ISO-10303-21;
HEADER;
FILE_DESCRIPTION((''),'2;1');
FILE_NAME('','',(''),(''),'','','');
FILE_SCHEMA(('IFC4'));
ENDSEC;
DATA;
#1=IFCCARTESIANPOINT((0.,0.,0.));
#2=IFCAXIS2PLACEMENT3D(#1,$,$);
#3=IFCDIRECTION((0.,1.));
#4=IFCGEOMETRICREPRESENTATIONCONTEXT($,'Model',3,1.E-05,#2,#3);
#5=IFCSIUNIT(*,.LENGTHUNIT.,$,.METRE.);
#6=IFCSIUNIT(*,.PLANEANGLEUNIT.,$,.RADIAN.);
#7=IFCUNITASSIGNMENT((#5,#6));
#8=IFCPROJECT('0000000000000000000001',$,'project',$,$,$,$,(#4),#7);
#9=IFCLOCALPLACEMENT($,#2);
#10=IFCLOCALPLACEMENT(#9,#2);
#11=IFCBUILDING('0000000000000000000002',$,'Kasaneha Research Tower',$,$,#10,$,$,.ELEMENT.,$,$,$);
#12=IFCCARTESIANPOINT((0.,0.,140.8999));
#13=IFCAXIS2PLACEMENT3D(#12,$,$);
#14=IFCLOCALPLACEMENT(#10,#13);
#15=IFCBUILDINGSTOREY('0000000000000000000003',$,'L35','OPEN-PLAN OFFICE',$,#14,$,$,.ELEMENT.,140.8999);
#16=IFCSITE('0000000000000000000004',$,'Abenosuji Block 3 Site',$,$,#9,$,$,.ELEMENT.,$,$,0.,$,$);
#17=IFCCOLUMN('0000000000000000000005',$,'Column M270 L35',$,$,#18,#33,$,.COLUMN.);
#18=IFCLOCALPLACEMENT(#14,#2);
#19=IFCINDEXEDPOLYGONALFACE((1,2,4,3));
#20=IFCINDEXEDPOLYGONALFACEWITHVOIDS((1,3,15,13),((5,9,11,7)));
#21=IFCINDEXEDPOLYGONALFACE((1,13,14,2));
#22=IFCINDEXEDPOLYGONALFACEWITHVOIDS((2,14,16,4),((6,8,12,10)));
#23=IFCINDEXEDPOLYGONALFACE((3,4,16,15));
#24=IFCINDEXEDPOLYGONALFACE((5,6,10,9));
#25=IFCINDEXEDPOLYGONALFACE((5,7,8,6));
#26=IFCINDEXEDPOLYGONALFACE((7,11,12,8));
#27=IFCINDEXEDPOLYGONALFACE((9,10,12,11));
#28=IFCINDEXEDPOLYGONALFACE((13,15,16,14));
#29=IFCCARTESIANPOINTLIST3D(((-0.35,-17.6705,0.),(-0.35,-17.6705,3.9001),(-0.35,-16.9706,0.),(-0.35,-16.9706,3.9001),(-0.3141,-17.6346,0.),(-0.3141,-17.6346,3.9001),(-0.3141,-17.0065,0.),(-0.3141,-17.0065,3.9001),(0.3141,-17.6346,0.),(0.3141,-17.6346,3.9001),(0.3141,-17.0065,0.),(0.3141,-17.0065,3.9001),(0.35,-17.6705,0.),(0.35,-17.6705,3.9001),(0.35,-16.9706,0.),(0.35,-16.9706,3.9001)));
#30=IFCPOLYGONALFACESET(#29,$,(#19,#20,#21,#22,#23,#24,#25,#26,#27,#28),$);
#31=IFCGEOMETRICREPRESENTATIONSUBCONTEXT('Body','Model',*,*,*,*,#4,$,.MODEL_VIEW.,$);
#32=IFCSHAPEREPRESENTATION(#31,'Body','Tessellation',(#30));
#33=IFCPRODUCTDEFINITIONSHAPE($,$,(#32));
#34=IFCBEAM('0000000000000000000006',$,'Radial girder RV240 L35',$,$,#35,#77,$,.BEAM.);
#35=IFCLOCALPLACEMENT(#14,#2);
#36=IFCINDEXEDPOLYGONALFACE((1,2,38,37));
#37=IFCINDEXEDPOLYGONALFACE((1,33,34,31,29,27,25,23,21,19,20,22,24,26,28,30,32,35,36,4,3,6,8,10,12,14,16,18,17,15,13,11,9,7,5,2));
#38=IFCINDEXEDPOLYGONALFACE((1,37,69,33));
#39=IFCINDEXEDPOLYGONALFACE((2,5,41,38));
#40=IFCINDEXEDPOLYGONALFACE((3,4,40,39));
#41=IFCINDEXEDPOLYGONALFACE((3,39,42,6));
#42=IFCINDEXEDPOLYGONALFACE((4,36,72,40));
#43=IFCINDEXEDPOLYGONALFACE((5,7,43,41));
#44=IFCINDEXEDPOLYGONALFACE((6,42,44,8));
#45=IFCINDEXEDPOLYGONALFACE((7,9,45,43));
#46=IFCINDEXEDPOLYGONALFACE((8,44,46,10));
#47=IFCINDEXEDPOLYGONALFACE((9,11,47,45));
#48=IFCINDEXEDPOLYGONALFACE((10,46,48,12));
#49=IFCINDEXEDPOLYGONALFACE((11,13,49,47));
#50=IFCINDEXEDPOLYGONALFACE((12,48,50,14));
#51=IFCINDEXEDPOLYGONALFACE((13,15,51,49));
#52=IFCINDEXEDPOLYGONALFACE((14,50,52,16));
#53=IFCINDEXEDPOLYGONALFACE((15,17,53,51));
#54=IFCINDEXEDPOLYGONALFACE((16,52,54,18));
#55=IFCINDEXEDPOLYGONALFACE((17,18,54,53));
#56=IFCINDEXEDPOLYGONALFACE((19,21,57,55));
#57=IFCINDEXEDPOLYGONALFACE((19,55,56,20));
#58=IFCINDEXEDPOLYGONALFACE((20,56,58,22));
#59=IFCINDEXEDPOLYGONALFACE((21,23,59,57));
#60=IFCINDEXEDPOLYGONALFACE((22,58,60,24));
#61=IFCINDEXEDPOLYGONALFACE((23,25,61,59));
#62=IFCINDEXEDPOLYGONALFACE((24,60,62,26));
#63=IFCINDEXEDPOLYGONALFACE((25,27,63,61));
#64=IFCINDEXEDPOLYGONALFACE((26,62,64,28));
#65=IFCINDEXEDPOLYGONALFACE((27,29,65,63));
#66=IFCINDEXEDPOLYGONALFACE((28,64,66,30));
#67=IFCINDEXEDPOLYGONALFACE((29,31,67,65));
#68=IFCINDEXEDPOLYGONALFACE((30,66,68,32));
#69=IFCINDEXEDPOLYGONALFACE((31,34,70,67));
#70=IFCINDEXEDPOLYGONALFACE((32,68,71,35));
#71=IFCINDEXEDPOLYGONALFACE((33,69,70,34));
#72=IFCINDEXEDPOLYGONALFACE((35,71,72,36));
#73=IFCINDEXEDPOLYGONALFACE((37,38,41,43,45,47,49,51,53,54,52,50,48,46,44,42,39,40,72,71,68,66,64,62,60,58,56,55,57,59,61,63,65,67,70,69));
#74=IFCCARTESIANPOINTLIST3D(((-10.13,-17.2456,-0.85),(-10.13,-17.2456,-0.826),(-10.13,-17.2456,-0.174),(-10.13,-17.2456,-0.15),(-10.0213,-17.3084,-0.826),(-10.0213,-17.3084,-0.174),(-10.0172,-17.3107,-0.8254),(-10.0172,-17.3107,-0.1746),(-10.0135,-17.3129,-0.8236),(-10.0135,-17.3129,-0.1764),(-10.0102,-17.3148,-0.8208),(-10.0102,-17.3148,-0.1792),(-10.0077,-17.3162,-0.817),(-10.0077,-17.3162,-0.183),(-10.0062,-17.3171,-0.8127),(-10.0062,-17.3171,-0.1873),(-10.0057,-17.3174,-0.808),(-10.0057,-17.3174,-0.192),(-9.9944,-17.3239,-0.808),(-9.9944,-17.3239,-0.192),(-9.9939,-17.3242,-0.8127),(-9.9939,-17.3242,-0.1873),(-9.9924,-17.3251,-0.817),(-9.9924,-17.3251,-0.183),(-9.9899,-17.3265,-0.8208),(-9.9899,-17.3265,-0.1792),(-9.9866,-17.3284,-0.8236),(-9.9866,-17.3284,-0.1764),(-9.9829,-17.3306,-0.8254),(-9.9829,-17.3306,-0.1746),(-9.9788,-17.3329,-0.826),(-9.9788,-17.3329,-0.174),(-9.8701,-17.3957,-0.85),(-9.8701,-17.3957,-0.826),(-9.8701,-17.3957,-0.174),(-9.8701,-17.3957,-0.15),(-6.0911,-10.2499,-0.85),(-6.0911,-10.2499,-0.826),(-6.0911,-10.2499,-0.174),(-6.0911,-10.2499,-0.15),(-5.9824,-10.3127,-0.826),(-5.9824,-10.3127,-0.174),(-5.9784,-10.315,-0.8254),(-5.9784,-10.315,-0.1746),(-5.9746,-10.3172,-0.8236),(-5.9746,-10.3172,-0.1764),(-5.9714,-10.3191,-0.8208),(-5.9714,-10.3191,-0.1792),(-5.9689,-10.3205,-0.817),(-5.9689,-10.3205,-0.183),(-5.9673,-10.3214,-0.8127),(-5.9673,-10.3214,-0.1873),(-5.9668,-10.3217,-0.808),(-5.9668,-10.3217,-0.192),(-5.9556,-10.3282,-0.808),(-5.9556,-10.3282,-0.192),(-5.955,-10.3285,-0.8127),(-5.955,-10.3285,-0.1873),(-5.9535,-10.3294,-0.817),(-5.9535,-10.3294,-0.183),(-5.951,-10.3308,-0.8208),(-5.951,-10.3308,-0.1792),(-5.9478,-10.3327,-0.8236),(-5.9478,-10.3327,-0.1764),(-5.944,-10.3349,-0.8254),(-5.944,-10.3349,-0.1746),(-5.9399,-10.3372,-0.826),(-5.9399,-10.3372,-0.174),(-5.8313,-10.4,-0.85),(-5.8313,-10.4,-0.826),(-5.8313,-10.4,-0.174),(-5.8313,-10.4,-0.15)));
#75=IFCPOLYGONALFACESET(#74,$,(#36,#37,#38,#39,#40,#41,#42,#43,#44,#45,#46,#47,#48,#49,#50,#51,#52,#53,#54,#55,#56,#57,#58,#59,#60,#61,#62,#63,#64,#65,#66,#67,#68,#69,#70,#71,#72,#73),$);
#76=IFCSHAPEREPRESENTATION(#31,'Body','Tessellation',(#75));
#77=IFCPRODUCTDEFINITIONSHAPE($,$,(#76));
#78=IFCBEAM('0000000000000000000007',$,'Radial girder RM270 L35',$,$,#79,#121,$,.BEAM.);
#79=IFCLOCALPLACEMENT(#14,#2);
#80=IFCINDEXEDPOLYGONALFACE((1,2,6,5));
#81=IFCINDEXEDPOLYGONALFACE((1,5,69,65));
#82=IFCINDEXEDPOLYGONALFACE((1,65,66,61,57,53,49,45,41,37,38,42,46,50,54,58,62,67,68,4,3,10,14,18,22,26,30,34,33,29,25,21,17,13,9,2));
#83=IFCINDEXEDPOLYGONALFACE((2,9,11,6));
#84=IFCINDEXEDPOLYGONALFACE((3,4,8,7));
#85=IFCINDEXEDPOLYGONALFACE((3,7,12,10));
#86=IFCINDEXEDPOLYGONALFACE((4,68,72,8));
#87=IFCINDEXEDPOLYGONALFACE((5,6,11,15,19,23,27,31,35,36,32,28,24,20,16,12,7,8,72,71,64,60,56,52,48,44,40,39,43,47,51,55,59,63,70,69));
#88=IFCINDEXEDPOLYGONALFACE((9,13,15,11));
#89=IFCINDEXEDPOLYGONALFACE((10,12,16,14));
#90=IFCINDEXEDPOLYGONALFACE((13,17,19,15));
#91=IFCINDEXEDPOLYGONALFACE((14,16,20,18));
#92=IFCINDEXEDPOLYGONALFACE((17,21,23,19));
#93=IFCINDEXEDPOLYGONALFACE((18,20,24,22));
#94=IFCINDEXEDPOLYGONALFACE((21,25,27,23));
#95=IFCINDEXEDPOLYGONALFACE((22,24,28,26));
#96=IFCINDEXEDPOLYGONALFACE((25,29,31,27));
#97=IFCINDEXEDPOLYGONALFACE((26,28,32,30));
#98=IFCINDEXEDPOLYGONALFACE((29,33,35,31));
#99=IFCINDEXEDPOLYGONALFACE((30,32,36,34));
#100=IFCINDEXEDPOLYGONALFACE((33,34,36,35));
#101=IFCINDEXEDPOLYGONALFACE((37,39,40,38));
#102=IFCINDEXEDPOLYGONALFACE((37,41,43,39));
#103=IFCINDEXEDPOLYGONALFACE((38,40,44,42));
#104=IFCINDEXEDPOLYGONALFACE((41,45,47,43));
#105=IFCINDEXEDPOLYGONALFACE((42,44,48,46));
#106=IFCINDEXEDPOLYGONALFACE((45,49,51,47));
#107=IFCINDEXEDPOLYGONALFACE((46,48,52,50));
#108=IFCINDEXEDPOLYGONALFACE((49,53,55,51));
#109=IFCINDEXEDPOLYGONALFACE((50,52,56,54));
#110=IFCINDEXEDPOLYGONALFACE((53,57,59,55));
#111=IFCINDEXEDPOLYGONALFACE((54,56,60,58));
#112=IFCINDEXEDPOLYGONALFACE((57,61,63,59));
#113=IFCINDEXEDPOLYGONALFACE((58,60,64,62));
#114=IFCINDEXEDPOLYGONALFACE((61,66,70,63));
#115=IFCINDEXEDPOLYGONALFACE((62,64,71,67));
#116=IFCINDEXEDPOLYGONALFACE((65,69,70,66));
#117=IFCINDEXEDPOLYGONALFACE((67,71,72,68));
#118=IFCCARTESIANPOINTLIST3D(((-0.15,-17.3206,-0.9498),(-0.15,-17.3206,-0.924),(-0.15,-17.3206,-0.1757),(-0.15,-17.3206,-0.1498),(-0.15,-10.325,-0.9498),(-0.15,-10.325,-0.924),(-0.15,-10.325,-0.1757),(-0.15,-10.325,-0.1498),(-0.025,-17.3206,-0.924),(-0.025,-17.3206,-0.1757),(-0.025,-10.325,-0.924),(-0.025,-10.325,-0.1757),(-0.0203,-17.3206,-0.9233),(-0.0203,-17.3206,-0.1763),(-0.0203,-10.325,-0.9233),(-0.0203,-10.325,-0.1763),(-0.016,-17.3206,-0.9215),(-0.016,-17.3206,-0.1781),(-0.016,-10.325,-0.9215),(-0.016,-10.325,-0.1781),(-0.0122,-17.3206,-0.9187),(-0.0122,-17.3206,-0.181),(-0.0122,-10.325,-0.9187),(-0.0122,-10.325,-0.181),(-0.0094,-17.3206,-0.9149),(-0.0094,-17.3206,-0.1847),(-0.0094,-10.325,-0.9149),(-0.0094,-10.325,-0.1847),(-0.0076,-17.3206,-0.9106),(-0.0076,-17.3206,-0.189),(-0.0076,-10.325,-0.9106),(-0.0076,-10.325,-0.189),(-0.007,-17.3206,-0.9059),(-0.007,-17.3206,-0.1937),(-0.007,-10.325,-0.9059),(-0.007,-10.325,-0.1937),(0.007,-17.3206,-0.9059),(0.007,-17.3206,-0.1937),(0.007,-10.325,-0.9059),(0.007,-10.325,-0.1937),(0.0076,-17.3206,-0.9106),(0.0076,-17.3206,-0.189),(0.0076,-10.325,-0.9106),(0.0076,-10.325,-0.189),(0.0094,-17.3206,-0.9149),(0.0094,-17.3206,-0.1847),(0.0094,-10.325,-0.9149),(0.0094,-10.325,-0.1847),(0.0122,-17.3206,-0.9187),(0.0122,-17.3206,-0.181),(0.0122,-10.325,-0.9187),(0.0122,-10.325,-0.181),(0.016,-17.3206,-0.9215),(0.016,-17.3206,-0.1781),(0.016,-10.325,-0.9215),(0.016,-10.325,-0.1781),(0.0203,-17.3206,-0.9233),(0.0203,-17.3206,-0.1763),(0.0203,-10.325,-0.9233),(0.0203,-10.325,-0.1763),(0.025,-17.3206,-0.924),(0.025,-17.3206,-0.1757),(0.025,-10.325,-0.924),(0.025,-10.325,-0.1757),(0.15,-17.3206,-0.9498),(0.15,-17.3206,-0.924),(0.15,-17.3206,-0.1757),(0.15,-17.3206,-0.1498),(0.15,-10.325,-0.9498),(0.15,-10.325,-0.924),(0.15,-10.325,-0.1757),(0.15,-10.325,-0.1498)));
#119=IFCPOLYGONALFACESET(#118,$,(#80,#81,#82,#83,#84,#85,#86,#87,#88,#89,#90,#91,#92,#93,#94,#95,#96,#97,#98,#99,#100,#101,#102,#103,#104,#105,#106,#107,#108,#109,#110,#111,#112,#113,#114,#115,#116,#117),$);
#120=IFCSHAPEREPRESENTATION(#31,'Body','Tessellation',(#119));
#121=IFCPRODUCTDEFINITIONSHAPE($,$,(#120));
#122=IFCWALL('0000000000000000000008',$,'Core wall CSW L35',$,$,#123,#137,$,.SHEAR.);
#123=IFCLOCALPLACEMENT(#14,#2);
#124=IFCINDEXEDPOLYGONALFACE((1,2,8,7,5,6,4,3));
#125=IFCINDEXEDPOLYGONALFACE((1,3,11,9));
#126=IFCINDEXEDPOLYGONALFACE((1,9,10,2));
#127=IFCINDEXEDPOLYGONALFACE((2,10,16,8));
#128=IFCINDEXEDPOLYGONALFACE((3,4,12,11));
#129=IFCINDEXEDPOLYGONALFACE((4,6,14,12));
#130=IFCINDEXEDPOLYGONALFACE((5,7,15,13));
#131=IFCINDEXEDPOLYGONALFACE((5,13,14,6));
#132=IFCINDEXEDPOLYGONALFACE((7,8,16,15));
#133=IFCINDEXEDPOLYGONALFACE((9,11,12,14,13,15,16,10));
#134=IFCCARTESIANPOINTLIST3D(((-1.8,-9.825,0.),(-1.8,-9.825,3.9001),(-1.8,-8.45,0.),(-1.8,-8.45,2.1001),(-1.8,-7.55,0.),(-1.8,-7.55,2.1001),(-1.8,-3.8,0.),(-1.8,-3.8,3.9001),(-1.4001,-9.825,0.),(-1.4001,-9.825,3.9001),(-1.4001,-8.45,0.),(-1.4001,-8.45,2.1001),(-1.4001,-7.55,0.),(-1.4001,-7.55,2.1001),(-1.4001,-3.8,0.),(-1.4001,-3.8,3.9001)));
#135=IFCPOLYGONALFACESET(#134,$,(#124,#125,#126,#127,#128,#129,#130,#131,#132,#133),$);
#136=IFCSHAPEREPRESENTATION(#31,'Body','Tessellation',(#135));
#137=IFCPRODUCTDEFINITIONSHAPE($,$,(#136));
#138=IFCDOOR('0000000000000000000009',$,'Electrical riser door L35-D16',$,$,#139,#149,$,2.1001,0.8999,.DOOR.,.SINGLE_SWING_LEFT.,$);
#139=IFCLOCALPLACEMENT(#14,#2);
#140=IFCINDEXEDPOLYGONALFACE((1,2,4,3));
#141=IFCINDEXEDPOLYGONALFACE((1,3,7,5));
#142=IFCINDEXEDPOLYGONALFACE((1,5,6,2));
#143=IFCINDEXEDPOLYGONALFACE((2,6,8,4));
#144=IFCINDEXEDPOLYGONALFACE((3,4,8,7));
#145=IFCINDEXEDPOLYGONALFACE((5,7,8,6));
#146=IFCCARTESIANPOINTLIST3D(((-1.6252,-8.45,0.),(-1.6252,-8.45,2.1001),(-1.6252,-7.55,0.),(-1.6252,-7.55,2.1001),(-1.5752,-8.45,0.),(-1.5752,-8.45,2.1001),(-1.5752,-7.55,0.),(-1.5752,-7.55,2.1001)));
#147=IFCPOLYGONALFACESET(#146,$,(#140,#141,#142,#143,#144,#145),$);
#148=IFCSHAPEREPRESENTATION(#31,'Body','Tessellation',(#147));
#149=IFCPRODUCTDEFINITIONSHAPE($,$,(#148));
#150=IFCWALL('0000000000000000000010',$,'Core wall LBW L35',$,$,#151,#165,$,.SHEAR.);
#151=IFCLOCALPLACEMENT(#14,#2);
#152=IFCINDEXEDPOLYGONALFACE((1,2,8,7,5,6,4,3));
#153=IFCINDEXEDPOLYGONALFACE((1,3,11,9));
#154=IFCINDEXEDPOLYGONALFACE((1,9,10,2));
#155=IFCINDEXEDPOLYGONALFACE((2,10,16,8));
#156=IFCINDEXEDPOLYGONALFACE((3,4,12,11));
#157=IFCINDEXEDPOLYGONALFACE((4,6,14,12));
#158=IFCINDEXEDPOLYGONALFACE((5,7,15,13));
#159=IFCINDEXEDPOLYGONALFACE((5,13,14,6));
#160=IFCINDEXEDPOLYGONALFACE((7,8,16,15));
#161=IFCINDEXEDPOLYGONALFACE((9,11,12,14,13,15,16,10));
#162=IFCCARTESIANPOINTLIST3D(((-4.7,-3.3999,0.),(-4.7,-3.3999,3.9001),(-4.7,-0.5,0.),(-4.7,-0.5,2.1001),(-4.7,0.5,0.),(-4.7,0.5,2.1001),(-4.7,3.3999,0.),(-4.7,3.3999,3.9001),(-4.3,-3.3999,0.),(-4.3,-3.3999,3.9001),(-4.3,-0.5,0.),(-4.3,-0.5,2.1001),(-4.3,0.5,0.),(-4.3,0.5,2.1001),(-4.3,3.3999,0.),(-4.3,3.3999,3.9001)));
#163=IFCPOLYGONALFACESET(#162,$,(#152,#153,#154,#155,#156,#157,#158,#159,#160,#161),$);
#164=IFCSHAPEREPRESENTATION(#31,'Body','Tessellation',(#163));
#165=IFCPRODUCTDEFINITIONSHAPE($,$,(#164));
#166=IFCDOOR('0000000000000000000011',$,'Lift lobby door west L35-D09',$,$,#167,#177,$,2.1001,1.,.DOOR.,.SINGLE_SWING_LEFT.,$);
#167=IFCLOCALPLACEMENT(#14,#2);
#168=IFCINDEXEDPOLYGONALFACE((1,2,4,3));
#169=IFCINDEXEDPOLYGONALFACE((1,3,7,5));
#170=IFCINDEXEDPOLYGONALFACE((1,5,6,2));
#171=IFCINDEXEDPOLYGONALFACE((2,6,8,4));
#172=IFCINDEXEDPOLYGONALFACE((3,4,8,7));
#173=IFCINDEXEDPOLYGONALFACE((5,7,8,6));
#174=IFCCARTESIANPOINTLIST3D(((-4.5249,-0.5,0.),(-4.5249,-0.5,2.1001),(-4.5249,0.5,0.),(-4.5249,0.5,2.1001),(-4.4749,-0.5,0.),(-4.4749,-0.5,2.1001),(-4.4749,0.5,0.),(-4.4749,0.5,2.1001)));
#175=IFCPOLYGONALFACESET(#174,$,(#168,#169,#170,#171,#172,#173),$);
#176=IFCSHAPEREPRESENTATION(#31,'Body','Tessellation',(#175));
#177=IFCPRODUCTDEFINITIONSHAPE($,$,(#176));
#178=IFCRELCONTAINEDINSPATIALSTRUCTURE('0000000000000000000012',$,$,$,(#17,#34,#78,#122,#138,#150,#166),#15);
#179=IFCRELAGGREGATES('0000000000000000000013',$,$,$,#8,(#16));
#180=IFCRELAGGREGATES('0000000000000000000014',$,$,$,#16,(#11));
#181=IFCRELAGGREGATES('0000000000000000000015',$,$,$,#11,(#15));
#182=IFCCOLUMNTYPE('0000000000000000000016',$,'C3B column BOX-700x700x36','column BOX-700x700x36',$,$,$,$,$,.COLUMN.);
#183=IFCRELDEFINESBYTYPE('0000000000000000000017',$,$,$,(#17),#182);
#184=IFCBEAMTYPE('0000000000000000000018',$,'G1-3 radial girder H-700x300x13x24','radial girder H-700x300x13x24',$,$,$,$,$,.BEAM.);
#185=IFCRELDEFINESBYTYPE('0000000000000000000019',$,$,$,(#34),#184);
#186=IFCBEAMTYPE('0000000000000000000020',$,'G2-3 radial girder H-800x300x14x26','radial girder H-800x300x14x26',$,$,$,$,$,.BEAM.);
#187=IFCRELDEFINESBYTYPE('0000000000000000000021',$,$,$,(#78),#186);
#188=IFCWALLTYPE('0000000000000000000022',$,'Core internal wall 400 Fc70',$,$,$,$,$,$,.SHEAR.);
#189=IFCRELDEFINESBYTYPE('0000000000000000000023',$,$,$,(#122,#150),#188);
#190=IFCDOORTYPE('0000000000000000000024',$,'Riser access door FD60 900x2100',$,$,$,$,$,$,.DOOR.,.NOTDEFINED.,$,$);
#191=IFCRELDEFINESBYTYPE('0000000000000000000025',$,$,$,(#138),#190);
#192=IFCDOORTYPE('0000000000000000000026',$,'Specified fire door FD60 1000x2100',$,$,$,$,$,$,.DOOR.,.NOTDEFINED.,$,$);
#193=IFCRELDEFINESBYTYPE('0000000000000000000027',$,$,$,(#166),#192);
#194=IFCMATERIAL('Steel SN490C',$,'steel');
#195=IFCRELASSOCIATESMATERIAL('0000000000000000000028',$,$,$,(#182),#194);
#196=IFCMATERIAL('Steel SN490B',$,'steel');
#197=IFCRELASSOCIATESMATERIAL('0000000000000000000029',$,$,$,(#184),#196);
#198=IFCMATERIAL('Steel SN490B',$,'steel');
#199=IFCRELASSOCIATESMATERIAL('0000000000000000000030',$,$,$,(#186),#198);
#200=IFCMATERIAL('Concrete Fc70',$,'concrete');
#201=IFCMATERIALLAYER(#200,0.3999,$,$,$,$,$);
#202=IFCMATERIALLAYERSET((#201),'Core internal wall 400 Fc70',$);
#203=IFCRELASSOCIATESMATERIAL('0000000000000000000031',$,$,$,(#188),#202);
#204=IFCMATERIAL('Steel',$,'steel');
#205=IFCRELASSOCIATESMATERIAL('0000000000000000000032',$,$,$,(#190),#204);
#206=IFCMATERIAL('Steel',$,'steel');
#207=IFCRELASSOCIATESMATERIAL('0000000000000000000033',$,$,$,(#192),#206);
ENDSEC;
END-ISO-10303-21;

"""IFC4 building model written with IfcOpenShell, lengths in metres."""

from ifc_helpers import new_model, si_unit, direction, frame, frame_2d, origin, origin_2d, place, context, subcontext, project, spatial, rectangle, hollow_rectangle, i_section, extrude, material, layer, layer_set, material_profile, profile_set, type_object, element, fill, save


model = new_model("IFC4")

# Units and contexts
model_context = context("Model", 3, precision=1e-05, world=origin(), true_north=direction((0.0, 1.0)))
body_context = subcontext(model_context, "Body", "Model", "MODEL_VIEW")
ifc_project = project(units=[si_unit("LENGTHUNIT", "METRE"), si_unit("PLANEANGLEUNIT", "RADIAN")], contexts=[model_context])

# Site, building, storey
site_placement = place(None, origin())
site = spatial("IfcSite", under=ifc_project, at=site_placement, Name="Abenosuji Block 3 Site", CompositionType="ELEMENT", RefElevation=0.0)
building_placement = place(site_placement, origin())
building = spatial("IfcBuilding", under=site, at=building_placement, Name="Kasaneha Research Tower", CompositionType="ELEMENT")
storey_placement = place(building_placement, frame((0.0, 0.0, 140.8999)))
storey = spatial("IfcBuildingStorey", under=building, at=storey_placement, Name="L35", Description="OPEN-PLAN OFFICE", CompositionType="ELEMENT", Elevation=140.8999)

# Column
ifc_material_1 = material(Name="Steel SN490C", Category="steel")
ifc_material_profile_1 = material_profile(ifc_material_1, hollow_rectangle(XDim=0.7, YDim=0.7, WallThickness=0.0359, at=origin_2d()), Name="BOX-700x700x36")
ifc_profile_set_1 = profile_set([ifc_material_profile_1], Name="Steel SN490C")
column_type = type_object("IfcColumnType", Name="C3B column BOX-700x700x36", Description="column BOX-700x700x36", PredefinedType="COLUMN", material=ifc_profile_set_1)
column_placement = place(storey_placement, frame((0.0, -17.3206, 0.0), z_axis=(0.0, 0.0, 1.0), x_axis=(1.0, 0.0, 0.0)))
element("IfcColumn", 1, at=column_placement, inside=storey, type_object=column_type, Name="Column M270 L35", PredefinedType="COLUMN", context=body_context, shape_type="SweptSolid", body=[
    extrude(hollow_rectangle(XDim=0.7, YDim=0.7, WallThickness=0.0359, at=origin_2d()), origin(), (0.0, 0.0, 1.0), 3.9001),
])

# Beams
ifc_material_2 = material(Name="Steel SN490B", Category="steel")
ifc_material_profile_2 = material_profile(ifc_material_2, i_section(OverallWidth=0.3, OverallDepth=0.7, WebThickness=0.0129, FlangeThickness=0.0239, FilletRadius=0.0181, at=origin_2d()), Name="H-700x300x13x24")
ifc_profile_set_2 = profile_set([ifc_material_profile_2], Name="Steel SN490B")
beam_type_1 = type_object("IfcBeamType", Name="G1-3 radial girder H-700x300x13x24", Description="radial girder H-700x300x13x24", PredefinedType="BEAM", material=ifc_profile_set_2)
beam_1_placement = place(storey_placement, frame((-5.9612, -10.325, -0.5), z_axis=(-0.499991, -0.866031, 0.0), x_axis=(0.866031, -0.499991, 0.0)))
element("IfcBeam", 2, at=beam_1_placement, inside=storey, type_object=beam_type_1, Name="Radial girder RV240 L35", PredefinedType="BEAM", context=body_context, shape_type="SweptSolid", body=[
    extrude(i_section(OverallWidth=0.3, OverallDepth=0.7, WebThickness=0.0129, FlangeThickness=0.0239, FilletRadius=0.0181, at=origin_2d()), origin(), (0.0, 0.0, 1.0), 8.0779),
])
ifc_material_3 = material(Name="Steel SN490B", Category="steel")
ifc_material_profile_3 = material_profile(ifc_material_3, i_section(OverallWidth=0.3, OverallDepth=0.8, WebThickness=0.0139, FlangeThickness=0.0259, FilletRadius=0.0181, at=origin_2d()), Name="H-800x300x14x26")
ifc_profile_set_3 = profile_set([ifc_material_profile_3], Name="Steel SN490B")
beam_type_2 = type_object("IfcBeamType", Name="G2-3 radial girder H-800x300x14x26", Description="radial girder H-800x300x14x26", PredefinedType="BEAM", material=ifc_profile_set_3)
beam_2_placement = place(storey_placement, frame((0.0, -10.325, -0.5498), z_axis=(0.0, -1.0, 0.0), x_axis=(1.0, 0.0, 0.0)))
element("IfcBeam", 3, at=beam_2_placement, inside=storey, type_object=beam_type_2, Name="Radial girder RM270 L35", PredefinedType="BEAM", context=body_context, shape_type="SweptSolid", body=[
    extrude(i_section(OverallWidth=0.3, OverallDepth=0.8, WebThickness=0.0139, FlangeThickness=0.0259, FilletRadius=0.0181, at=origin_2d()), origin(), (0.0, 0.0, 1.0), 6.9956),
])

# Walls, openings, doors
ifc_material_4 = material(Name="Concrete Fc70", Category="concrete")
ifc_layer_1 = layer(ifc_material_4, 0.3999)
ifc_layer_set_1 = layer_set([ifc_layer_1], Name="Core internal wall 400 Fc70")
wall_type_1 = type_object("IfcWallType", Name="Core internal wall 400 Fc70", PredefinedType="SHEAR", material=ifc_layer_set_1)
wall_1_placement = place(storey_placement, frame((-1.6001, -3.8, 0.0), z_axis=(0.0, 0.0, 1.0), x_axis=(0.0, -1.0, 0.0)))
wall_1 = element("IfcWall", 4, at=wall_1_placement, inside=storey, type_object=wall_type_1, Name="Core wall CSW L35", PredefinedType="SHEAR", context=body_context, shape_type="SweptSolid", body=[
    extrude(rectangle(XDim=6.0249, YDim=0.3999, at=frame_2d((3.0125, 0.0))), origin(), (0.0, 0.0, 1.0), 3.9001),
])
opening_1_placement = place(wall_1_placement, frame((3.75, 0.0, 0.0)))
opening_1 = element("IfcOpeningElement", 5, at=opening_1_placement, cuts=wall_1, PredefinedType="OPENING", context=body_context, shape_type="SweptSolid", body=[
    extrude(rectangle(XDim=0.8999, YDim=2.1001, at=frame_2d((0.45, 1.05))), frame((0.0, 0.21, 0.0), z_axis=(0.0, -1.0, 0.0), x_axis=(1.0, 0.0, 0.0)), (0.0, 0.0, 1.0), 0.4199),
])
ifc_material_5 = material(Name="Steel", Category="steel")
door_type_1 = type_object("IfcDoorType", Name="Riser access door FD60 900x2100", OperationType="NOTDEFINED", PredefinedType="DOOR", material=ifc_material_5)
door_1_placement = place(opening_1_placement, origin())
door_1 = element("IfcDoor", 6, at=door_1_placement, inside=storey, type_object=door_type_1, Name="Electrical riser door L35-D16", OperationType="SINGLE_SWING_LEFT", OverallHeight=2.1001, OverallWidth=0.8999, PredefinedType="DOOR", context=body_context, shape_type="SweptSolid", body=[
    extrude(rectangle(XDim=0.8999, YDim=2.1001, at=frame_2d((0.45, 1.05))), frame((0.0, 0.0249, 0.0), z_axis=(0.0, -1.0, 0.0), x_axis=(1.0, 0.0, 0.0)), (0.0, 0.0, 1.0), 0.05),
])
fill(opening_1, door_1)
wall_2_placement = place(storey_placement, frame((-4.5, -3.3999, 0.0), z_axis=(0.0, 0.0, 1.0), x_axis=(0.0, 1.0, 0.0)))
wall_2 = element("IfcWall", 7, at=wall_2_placement, inside=storey, type_object=wall_type_1, Name="Core wall LBW L35", PredefinedType="SHEAR", context=body_context, shape_type="SweptSolid", body=[
    extrude(rectangle(XDim=6.7998, YDim=0.3999, at=frame_2d((3.3999, 0.0))), origin(), (0.0, 0.0, 1.0), 3.9001),
])
opening_2_placement = place(wall_2_placement, frame((2.8999, 0.0, 0.0)))
opening_2 = element("IfcOpeningElement", 8, at=opening_2_placement, cuts=wall_2, PredefinedType="OPENING", context=body_context, shape_type="SweptSolid", body=[
    extrude(rectangle(XDim=1.0, YDim=2.1001, at=frame_2d((0.5, 1.05))), frame((0.0, 0.21, 0.0), z_axis=(0.0, -1.0, 0.0), x_axis=(1.0, 0.0, 0.0)), (0.0, 0.0, 1.0), 0.4199),
])
ifc_material_6 = material(Name="Steel", Category="steel")
door_type_2 = type_object("IfcDoorType", Name="Specified fire door FD60 1000x2100", OperationType="NOTDEFINED", PredefinedType="DOOR", material=ifc_material_6)
door_2_placement = place(opening_2_placement, origin())
door_2 = element("IfcDoor", 9, at=door_2_placement, inside=storey, type_object=door_type_2, Name="Lift lobby door west L35-D09", OperationType="SINGLE_SWING_LEFT", OverallHeight=2.1001, OverallWidth=1.0, PredefinedType="DOOR", context=body_context, shape_type="SweptSolid", body=[
    extrude(rectangle(XDim=1.0, YDim=2.1001, at=frame_2d((0.5, 1.05))), frame((0.0, 0.0249, 0.0), z_axis=(0.0, -1.0, 0.0), x_axis=(1.0, 0.0, 0.0)), (0.0, 0.0, 1.0), 0.05),
])
fill(opening_2, door_2)

save(model, "model.ifc")
